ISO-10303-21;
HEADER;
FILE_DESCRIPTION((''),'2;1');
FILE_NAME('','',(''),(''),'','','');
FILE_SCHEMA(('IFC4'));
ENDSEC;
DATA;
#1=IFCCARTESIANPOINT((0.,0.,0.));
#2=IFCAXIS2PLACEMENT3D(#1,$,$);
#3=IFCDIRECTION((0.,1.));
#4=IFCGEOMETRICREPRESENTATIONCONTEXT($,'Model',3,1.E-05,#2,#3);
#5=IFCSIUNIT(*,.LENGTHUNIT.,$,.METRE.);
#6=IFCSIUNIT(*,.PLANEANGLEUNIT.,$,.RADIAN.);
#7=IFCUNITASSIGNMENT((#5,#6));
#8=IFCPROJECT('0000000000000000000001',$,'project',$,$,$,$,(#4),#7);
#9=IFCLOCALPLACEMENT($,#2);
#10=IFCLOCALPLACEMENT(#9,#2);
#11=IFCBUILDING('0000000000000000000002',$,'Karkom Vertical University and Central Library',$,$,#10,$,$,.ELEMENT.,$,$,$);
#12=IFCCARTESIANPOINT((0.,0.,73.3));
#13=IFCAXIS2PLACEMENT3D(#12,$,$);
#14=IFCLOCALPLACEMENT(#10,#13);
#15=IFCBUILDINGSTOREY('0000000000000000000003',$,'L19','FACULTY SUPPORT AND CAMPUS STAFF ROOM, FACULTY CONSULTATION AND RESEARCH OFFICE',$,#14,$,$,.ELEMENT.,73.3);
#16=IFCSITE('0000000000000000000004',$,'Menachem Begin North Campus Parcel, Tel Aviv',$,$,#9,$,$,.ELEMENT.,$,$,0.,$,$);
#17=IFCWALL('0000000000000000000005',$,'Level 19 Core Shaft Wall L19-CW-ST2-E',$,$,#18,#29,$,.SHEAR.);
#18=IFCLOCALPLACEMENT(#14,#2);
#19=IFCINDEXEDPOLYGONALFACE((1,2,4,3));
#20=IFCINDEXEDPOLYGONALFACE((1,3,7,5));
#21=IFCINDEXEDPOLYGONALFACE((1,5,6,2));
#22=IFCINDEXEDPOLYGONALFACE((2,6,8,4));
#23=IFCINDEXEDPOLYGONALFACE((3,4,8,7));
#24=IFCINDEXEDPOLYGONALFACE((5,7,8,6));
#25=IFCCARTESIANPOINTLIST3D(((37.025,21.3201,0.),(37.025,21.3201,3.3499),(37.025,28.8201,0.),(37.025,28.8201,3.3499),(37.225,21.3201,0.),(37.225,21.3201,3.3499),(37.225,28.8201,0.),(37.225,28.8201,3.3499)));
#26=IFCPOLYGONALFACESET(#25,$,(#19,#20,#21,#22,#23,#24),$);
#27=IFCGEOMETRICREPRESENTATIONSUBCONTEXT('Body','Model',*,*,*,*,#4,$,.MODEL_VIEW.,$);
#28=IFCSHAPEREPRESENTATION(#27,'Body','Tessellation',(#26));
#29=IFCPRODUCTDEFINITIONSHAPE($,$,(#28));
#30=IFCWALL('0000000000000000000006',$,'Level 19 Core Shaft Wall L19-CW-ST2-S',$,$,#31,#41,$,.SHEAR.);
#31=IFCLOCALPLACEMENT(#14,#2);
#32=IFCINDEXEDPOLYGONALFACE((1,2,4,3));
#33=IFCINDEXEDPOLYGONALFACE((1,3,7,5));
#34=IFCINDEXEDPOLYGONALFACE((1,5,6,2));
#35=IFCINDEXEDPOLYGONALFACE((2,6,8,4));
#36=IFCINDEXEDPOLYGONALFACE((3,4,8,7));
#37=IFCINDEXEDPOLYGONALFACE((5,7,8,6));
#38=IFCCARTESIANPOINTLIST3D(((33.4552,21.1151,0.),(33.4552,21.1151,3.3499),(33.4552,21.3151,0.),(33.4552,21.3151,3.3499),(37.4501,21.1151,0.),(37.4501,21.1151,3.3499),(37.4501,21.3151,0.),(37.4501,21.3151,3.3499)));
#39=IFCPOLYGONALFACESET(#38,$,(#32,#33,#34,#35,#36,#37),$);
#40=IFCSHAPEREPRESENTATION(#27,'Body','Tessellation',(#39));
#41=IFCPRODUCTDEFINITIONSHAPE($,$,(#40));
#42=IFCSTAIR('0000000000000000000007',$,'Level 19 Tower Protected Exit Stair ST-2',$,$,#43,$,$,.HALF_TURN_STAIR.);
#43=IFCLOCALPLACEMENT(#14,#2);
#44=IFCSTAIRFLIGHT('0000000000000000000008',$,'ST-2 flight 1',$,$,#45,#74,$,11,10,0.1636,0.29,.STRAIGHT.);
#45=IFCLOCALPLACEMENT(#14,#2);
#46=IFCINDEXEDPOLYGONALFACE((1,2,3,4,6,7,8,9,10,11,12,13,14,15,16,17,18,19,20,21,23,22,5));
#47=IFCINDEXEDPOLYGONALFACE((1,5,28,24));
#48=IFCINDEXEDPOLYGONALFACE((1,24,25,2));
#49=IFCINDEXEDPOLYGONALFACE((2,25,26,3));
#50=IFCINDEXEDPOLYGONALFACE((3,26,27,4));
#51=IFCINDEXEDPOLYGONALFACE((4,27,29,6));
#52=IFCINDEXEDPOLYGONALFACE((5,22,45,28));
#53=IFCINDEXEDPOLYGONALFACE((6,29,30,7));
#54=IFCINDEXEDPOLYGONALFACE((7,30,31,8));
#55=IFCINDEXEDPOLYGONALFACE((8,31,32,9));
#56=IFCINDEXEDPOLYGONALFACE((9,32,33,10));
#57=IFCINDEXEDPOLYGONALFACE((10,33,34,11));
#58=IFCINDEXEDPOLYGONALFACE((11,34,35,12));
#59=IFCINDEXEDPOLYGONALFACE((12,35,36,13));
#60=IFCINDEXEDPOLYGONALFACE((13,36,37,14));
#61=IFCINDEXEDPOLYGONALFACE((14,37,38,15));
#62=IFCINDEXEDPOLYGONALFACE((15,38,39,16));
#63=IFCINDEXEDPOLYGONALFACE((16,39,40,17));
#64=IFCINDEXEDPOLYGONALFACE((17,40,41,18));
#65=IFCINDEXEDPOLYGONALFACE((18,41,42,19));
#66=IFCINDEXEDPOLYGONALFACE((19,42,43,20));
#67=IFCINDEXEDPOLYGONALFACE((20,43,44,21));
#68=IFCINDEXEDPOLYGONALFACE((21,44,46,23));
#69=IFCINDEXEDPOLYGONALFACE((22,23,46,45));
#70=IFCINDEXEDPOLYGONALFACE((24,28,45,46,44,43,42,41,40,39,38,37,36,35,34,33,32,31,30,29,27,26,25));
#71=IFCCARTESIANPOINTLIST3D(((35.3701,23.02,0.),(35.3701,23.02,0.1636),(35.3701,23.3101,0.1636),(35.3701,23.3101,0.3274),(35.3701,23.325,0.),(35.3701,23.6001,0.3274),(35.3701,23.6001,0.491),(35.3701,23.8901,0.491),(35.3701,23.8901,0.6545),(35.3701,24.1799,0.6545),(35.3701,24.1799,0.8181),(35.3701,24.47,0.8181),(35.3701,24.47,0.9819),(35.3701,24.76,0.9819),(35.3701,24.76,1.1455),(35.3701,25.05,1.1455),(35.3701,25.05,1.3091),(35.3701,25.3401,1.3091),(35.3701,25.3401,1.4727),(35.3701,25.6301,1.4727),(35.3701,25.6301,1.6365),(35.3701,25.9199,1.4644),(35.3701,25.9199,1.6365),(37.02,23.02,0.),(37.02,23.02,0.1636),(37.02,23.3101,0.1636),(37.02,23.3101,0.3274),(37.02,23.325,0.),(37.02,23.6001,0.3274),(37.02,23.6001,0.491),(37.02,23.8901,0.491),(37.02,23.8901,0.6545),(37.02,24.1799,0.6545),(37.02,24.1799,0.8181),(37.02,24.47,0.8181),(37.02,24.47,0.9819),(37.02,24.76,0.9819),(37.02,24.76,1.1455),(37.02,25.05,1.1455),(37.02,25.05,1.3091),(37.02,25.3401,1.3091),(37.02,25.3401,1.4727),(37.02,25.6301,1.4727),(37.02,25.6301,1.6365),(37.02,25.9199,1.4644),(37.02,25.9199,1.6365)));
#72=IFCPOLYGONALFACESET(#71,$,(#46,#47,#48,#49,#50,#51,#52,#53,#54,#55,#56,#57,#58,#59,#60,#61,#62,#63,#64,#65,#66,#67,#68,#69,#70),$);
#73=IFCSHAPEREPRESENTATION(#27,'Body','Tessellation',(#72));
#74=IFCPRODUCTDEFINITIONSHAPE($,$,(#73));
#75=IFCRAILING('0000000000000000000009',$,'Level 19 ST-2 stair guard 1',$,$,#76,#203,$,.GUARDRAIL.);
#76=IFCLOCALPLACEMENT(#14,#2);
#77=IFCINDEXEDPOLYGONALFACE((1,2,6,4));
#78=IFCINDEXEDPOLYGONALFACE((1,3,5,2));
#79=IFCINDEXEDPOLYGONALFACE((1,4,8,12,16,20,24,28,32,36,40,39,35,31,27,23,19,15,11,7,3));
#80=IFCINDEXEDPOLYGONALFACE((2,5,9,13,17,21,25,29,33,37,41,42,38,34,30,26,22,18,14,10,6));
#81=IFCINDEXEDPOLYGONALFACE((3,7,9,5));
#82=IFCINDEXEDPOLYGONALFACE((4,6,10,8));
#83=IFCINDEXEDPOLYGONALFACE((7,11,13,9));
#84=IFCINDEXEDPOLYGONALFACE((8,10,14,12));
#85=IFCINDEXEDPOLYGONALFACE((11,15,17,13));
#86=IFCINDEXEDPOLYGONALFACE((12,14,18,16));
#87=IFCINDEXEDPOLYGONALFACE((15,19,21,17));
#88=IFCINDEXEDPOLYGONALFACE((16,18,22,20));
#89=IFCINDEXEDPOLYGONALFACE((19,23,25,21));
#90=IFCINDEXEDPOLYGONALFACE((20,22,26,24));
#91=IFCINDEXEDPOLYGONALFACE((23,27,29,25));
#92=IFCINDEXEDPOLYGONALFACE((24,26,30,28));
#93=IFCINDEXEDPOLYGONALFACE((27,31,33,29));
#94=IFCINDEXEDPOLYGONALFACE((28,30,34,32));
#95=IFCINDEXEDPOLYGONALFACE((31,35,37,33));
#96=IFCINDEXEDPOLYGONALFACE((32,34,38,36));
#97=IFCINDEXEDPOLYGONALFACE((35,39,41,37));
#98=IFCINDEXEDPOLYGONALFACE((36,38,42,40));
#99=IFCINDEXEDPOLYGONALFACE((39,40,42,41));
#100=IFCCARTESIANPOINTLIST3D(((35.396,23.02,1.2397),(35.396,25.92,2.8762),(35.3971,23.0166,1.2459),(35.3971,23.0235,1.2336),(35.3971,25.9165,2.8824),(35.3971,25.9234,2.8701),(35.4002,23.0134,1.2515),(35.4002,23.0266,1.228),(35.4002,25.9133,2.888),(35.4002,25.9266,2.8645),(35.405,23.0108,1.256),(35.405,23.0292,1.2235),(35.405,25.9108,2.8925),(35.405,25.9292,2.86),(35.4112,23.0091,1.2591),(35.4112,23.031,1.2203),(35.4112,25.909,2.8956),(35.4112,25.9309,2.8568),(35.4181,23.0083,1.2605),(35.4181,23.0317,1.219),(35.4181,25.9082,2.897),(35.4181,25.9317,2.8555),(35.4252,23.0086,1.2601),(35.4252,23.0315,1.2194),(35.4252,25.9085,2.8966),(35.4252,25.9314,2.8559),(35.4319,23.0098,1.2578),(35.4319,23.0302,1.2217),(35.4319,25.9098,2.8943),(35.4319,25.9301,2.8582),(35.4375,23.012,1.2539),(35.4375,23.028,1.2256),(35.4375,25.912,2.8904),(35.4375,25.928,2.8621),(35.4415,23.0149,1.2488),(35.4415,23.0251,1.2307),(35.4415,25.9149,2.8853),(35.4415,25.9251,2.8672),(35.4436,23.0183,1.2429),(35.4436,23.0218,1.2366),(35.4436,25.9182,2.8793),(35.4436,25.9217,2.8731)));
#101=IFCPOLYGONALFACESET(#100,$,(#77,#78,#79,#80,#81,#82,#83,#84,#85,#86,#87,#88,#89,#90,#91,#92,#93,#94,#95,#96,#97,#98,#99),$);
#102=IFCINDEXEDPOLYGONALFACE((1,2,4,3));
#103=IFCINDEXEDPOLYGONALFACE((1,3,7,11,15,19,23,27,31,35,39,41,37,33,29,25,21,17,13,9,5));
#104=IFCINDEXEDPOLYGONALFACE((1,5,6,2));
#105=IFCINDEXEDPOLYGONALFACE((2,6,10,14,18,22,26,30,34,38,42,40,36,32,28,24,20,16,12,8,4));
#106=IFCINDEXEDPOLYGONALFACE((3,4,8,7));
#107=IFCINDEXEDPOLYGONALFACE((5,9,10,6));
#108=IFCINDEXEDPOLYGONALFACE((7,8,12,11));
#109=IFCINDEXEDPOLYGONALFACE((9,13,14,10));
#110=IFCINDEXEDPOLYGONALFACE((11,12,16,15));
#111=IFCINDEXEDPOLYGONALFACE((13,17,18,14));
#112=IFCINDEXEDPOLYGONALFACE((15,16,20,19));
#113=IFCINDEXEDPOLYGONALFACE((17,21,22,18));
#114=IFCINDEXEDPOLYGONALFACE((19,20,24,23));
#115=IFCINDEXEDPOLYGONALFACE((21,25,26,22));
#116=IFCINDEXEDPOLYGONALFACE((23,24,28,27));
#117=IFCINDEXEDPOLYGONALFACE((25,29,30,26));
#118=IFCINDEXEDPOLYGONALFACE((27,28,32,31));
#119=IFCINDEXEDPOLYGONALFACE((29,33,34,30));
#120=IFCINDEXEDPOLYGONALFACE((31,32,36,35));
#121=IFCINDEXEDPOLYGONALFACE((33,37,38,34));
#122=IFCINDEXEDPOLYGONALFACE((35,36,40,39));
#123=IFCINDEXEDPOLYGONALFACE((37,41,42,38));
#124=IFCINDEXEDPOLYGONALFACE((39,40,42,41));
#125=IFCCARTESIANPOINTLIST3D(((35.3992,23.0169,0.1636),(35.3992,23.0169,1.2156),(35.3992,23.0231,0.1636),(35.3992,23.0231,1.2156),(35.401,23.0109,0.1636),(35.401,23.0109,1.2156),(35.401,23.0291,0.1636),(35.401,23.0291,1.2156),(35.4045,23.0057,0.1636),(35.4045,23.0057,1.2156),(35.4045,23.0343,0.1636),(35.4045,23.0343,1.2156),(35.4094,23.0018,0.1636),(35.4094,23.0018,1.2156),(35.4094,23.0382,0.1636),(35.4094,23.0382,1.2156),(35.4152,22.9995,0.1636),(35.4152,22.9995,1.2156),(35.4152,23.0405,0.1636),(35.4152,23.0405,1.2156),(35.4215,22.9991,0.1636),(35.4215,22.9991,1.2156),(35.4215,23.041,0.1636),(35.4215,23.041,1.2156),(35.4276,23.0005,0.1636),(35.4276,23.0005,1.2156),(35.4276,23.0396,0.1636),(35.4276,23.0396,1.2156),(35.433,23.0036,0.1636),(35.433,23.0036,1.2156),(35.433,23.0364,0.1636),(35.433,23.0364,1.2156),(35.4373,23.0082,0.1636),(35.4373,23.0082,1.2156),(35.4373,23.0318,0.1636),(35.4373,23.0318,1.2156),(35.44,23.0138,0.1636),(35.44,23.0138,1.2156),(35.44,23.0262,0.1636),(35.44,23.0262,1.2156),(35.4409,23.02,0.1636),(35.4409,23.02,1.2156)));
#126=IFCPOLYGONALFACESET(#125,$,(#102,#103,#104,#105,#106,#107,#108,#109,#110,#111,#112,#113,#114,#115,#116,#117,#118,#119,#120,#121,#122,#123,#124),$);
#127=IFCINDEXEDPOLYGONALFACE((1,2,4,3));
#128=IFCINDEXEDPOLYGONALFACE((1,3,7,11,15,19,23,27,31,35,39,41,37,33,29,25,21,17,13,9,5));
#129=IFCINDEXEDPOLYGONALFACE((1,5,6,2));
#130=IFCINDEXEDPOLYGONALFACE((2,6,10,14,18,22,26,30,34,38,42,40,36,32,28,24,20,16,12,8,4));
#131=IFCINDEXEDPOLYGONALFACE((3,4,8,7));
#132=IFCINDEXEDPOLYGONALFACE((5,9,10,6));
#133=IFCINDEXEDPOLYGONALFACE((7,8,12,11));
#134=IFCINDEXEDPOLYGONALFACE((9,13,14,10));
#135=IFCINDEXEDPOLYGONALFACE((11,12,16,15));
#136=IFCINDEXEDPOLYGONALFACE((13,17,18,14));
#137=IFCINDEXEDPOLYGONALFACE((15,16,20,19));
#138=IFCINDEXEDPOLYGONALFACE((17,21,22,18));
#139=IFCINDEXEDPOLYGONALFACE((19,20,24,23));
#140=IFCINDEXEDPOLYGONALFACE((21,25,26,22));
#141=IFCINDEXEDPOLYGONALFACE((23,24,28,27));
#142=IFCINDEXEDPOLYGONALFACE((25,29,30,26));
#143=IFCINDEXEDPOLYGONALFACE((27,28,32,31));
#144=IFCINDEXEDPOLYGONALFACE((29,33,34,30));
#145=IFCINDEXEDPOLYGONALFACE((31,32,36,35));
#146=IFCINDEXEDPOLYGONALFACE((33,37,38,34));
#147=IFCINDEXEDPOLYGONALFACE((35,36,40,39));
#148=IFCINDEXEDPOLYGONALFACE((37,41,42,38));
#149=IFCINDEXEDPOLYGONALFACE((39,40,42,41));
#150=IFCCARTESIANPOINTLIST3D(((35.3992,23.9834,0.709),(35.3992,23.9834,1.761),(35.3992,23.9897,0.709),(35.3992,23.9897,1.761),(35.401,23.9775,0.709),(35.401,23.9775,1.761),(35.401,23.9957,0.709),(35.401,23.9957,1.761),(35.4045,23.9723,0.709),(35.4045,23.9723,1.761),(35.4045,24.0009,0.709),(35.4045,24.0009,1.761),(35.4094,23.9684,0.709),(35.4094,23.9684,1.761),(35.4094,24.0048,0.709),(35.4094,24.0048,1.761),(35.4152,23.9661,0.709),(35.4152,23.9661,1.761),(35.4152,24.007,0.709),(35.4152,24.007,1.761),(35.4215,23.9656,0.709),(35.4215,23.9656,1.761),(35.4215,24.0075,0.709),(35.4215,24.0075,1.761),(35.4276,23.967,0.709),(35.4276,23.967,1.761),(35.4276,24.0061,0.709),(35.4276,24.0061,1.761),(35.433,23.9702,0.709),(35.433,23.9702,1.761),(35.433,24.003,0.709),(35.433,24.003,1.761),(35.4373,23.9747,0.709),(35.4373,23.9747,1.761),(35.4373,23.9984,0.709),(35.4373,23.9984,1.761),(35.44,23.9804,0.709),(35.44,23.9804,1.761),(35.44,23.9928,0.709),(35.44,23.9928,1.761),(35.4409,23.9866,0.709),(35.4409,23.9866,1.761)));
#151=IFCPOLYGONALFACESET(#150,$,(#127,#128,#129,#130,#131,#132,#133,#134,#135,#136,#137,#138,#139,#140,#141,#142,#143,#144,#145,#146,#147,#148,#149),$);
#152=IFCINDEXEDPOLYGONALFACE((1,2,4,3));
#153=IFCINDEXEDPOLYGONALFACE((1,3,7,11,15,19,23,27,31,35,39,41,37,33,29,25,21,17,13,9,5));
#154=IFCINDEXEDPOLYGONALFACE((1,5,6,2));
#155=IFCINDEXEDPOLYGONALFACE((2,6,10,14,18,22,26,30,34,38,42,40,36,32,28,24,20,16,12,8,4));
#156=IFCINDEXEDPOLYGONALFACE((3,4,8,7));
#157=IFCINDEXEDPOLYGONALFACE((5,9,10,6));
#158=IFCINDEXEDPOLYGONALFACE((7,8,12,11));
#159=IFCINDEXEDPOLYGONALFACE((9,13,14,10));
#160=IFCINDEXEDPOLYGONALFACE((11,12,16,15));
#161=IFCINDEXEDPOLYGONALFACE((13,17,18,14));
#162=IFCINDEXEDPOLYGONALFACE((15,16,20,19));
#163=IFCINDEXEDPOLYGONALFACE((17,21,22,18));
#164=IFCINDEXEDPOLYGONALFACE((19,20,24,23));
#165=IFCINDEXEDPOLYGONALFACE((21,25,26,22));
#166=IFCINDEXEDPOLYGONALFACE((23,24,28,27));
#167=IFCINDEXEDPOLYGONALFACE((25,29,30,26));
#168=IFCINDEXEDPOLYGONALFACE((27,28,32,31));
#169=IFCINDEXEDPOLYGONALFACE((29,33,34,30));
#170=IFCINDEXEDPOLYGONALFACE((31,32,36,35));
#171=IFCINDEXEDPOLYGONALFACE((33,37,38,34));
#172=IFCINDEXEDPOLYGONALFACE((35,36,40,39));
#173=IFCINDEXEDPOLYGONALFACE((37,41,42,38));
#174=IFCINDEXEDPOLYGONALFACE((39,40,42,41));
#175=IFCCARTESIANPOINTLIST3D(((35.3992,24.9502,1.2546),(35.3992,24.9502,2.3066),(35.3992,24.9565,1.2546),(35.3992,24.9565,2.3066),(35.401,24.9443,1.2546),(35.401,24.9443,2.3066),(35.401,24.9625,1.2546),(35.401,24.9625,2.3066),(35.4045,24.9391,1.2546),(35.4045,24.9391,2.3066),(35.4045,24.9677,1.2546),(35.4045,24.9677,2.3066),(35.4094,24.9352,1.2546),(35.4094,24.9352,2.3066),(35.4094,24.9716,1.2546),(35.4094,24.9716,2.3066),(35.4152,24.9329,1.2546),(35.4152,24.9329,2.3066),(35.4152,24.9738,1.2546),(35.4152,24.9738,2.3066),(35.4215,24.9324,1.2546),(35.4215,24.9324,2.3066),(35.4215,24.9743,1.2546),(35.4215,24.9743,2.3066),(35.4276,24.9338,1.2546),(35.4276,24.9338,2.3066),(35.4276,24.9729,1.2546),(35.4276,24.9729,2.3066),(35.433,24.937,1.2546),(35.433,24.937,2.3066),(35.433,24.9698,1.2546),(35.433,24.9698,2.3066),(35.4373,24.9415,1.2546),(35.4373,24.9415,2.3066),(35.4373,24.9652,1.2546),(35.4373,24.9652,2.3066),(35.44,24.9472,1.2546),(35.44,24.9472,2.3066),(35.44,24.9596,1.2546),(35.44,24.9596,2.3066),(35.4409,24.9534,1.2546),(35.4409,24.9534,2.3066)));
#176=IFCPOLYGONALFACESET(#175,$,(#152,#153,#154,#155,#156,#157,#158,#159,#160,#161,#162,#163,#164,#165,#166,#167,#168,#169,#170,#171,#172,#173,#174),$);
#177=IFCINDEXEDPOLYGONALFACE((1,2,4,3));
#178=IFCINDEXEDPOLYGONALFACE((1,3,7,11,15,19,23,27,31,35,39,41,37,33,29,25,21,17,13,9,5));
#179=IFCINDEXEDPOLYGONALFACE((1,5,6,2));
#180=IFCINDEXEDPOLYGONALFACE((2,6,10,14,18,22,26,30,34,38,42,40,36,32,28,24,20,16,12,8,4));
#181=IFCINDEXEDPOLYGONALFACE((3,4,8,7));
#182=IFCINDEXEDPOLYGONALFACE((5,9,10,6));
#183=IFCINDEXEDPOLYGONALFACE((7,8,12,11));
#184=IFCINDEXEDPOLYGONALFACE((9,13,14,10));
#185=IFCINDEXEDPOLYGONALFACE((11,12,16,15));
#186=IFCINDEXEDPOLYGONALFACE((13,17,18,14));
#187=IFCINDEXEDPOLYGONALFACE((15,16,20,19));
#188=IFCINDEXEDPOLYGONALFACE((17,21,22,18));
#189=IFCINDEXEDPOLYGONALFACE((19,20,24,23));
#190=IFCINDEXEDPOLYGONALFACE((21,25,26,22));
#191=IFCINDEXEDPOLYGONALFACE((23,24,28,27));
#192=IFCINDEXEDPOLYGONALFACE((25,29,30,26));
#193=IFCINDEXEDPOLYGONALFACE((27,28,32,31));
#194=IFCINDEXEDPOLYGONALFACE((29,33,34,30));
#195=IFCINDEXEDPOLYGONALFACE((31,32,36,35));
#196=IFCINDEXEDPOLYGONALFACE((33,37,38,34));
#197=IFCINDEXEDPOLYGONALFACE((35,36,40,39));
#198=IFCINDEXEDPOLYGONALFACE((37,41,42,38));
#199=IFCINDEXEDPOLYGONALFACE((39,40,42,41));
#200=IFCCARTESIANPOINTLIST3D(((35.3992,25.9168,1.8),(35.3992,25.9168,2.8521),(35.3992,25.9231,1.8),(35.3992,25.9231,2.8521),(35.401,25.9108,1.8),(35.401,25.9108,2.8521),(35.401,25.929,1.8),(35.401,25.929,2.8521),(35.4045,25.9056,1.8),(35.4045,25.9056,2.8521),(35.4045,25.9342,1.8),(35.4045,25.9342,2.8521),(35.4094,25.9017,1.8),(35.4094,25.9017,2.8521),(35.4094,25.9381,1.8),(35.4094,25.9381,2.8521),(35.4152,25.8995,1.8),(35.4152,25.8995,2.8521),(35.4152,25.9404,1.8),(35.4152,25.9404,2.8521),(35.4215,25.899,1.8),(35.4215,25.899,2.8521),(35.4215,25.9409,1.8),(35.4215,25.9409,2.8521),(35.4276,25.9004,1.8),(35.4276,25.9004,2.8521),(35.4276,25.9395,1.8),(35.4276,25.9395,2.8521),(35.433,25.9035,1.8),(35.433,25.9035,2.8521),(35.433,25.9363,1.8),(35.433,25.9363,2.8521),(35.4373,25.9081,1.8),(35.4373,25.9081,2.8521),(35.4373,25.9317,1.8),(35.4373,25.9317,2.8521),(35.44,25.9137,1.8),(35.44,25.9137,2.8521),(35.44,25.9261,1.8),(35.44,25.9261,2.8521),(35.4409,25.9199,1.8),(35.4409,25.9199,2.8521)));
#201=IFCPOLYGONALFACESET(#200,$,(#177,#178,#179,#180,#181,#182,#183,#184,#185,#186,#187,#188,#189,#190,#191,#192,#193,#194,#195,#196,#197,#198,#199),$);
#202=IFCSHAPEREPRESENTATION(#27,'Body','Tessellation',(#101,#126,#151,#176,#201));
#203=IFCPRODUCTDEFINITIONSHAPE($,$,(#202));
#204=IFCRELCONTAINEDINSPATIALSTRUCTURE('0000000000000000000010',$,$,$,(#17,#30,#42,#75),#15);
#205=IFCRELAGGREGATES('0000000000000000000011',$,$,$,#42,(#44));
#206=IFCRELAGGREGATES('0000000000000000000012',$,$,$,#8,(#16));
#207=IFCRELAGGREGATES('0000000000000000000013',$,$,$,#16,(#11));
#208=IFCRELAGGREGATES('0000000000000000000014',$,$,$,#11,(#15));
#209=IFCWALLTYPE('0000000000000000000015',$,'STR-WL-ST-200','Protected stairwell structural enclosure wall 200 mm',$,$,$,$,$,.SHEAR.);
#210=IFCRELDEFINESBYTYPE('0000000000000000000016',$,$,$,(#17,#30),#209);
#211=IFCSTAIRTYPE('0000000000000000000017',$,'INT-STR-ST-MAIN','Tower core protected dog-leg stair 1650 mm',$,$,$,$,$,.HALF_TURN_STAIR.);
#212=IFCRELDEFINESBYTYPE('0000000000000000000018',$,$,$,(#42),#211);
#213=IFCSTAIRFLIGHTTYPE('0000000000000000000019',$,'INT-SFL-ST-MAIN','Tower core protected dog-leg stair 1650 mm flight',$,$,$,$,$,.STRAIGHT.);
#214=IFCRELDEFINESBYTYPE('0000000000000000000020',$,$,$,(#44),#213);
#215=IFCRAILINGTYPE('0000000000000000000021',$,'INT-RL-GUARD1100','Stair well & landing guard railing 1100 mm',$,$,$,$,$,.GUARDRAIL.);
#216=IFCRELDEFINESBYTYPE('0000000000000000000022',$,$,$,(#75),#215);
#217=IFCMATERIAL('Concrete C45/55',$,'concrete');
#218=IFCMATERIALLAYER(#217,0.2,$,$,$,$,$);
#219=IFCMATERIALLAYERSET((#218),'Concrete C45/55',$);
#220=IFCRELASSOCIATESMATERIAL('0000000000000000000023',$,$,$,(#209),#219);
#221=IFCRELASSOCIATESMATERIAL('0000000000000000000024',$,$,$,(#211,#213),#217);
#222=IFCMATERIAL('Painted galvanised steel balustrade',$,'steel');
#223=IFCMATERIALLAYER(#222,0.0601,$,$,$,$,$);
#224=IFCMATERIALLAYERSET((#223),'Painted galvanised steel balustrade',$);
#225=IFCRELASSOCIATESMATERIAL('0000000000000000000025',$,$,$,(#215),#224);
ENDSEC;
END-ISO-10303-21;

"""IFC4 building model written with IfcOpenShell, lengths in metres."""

from ifc_helpers import new_model, si_unit, direction, frame, frame_2d, origin, origin_2d, place, context, subcontext, project, spatial, polyline, rectangle, circle, outline, extrude, material, layer, layer_set, type_object, element, aggregate, save


model = new_model("IFC4")

# Units and contexts
model_context = context("Model", 3, precision=1e-05, world=origin(), true_north=direction((0.0, 1.0)))
body_context = subcontext(model_context, "Body", "Model", "MODEL_VIEW")
ifc_project = project(units=[si_unit("LENGTHUNIT", "METRE"), si_unit("PLANEANGLEUNIT", "RADIAN")], contexts=[model_context])

# Site, building, storey
site_placement = place(None, origin())
site = spatial("IfcSite", under=ifc_project, at=site_placement, Name="Menachem Begin North Campus Parcel, Tel Aviv", CompositionType="ELEMENT", RefElevation=0.0)
building_placement = place(site_placement, origin())
building = spatial("IfcBuilding", under=site, at=building_placement, Name="Karkom Vertical University and Central Library", CompositionType="ELEMENT")
storey_placement = place(building_placement, frame((0.0, 0.0, 73.3)))
storey = spatial("IfcBuildingStorey", under=building, at=storey_placement, Name="L19", Description="FACULTY SUPPORT AND CAMPUS STAFF ROOM, FACULTY CONSULTATION AND RESEARCH OFFICE", CompositionType="ELEMENT", Elevation=73.3)

# Shared definitions
ifc_material_1 = material(Name="Concrete C45/55", Category="concrete")
ifc_layer_1 = layer(ifc_material_1, 0.2)
ifc_layer_set_1 = layer_set([ifc_layer_1], Name="Concrete C45/55")
wall_type_1 = type_object("IfcWallType", Name="STR-WL-ST-200", Description="Protected stairwell structural enclosure wall 200 mm", PredefinedType="SHEAR", material=ifc_layer_set_1)

# Walls
wall_1_placement = place(storey_placement, frame((37.125, 21.3201, 0.0), z_axis=(0.0, 0.0, 1.0), x_axis=(0.0, 1.0, 0.0)))
element("IfcWall", 1, at=wall_1_placement, inside=storey, type_object=wall_type_1, Name="Level 19 Core Shaft Wall L19-CW-ST2-E", PredefinedType="SHEAR", context=body_context, shape_type="SweptSolid", body=[
    extrude(rectangle(XDim=7.5, YDim=0.2, at=frame_2d((3.75, 0.0))), origin(), (0.0, 0.0, 1.0), 3.3499),
])
wall_2_placement = place(storey_placement, frame((33.4551, 21.2151, 0.0), z_axis=(0.0, 0.0, 1.0), x_axis=(1.0, 0.0, 0.0)))
element("IfcWall", 2, at=wall_2_placement, inside=storey, type_object=wall_type_1, Name="Level 19 Core Shaft Wall L19-CW-ST2-S", PredefinedType="SHEAR", context=body_context, shape_type="SweptSolid", body=[
    extrude(rectangle(XDim=3.9949, YDim=0.2, at=frame_2d((1.9976, 0.0))), origin(), (0.0, 0.0, 1.0), 3.3499),
])

# Stair, stair flight
stair_type = type_object("IfcStairType", Name="INT-STR-ST-MAIN", Description="Tower core protected dog-leg stair 1650 mm", PredefinedType="HALF_TURN_STAIR", material=ifc_material_1)
stair_placement = place(storey_placement, origin())
stair = element("IfcStair", 3, at=stair_placement, inside=storey, type_object=stair_type, Name="Level 19 Tower Protected Exit Stair ST-2", PredefinedType="HALF_TURN_STAIR")
stair_flight_type = type_object("IfcStairFlightType", Name="INT-SFL-ST-MAIN", Description="Tower core protected dog-leg stair 1650 mm flight", PredefinedType="STRAIGHT", material=ifc_material_1)
stair_flight_placement = place(storey_placement, frame((36.1951, 23.02, 0.0), z_axis=(0.0, 0.0, 1.0), x_axis=(0.0, 1.0, 0.0)))
stair_flight = element("IfcStairFlight", 4, at=stair_flight_placement, type_object=stair_flight_type, Name="ST-2 flight 1", NumberOfRisers=11, NumberOfTreads=10, PredefinedType="STRAIGHT", RiserHeight=0.1636, TreadLength=0.29, context=body_context, shape_type="SweptSolid", body=[
    extrude(outline(polyline([(0.0, 0.0), (0.0, 0.1636), (0.29, 0.1636), (0.29, 0.3274), (0.5801, 0.3274), (0.5801, 0.491), (0.8701, 0.491), (0.8701, 0.6545), (1.1599, 0.6545), (1.1599, 0.8181), (1.45, 0.8181), (1.45, 0.9819), (1.74, 0.9819), (1.74, 1.1455), (2.03, 1.1455), (2.03, 1.3091), (2.3201, 1.3091), (2.3201, 1.4727), (2.6101, 1.4727), (2.6101, 1.6365), (2.8999, 1.6365), (2.8999, 1.8), (2.8999, 1.4644), (0.3049, 0.0), (0.0, 0.0)])), frame((0.0, 0.825, 0.0), z_axis=(0.0, -1.0, 0.0), x_axis=(1.0, 0.0, 0.0)), (0.0, 0.0, 1.0), 1.6499),
])
aggregate(stair, [stair_flight])

# Railing
ifc_material_2 = material(Name="Painted galvanised steel balustrade", Category="steel")
ifc_layer_2 = layer(ifc_material_2, 0.0601)
ifc_layer_set_2 = layer_set([ifc_layer_2], Name="Painted galvanised steel balustrade")
railing_type_1 = type_object("IfcRailingType", Name="INT-RL-GUARD1100", Description="Stair well & landing guard railing 1100 mm", PredefinedType="GUARDRAIL", material=ifc_layer_set_2)
railing_1_placement = place(storey_placement, frame((35.4199, 23.02, 0.1636)))
element("IfcRailing", 5, at=railing_1_placement, inside=storey, type_object=railing_type_1, Name="Level 19 ST-2 stair guard 1", PredefinedType="GUARDRAIL", context=body_context, shape_type="SweptSolid", body=[
    extrude(circle(Radius=0.0239, at=origin_2d()), frame((0.0, 0.0, 1.0762), z_axis=(0.0, 0.870897, 0.491465), x_axis=(-1.0, 0.0, 0.0)), (0.0, 0.0, 1.0), 3.3298),
    extrude(circle(Radius=0.021, at=origin_2d()), origin(), (0.0, 0.0, 1.0), 1.052),
    extrude(circle(Radius=0.021, at=origin_2d()), frame((0.0, 0.9666, 0.5454)), (0.0, 0.0, 1.0), 1.052),
    extrude(circle(Radius=0.021, at=origin_2d()), frame((0.0, 1.9333, 1.0911)), (0.0, 0.0, 1.0), 1.052),
    extrude(circle(Radius=0.021, at=origin_2d()), frame((0.0, 2.8999, 1.6365)), (0.0, 0.0, 1.0), 1.052),
])

save(model, "model.ifc")
